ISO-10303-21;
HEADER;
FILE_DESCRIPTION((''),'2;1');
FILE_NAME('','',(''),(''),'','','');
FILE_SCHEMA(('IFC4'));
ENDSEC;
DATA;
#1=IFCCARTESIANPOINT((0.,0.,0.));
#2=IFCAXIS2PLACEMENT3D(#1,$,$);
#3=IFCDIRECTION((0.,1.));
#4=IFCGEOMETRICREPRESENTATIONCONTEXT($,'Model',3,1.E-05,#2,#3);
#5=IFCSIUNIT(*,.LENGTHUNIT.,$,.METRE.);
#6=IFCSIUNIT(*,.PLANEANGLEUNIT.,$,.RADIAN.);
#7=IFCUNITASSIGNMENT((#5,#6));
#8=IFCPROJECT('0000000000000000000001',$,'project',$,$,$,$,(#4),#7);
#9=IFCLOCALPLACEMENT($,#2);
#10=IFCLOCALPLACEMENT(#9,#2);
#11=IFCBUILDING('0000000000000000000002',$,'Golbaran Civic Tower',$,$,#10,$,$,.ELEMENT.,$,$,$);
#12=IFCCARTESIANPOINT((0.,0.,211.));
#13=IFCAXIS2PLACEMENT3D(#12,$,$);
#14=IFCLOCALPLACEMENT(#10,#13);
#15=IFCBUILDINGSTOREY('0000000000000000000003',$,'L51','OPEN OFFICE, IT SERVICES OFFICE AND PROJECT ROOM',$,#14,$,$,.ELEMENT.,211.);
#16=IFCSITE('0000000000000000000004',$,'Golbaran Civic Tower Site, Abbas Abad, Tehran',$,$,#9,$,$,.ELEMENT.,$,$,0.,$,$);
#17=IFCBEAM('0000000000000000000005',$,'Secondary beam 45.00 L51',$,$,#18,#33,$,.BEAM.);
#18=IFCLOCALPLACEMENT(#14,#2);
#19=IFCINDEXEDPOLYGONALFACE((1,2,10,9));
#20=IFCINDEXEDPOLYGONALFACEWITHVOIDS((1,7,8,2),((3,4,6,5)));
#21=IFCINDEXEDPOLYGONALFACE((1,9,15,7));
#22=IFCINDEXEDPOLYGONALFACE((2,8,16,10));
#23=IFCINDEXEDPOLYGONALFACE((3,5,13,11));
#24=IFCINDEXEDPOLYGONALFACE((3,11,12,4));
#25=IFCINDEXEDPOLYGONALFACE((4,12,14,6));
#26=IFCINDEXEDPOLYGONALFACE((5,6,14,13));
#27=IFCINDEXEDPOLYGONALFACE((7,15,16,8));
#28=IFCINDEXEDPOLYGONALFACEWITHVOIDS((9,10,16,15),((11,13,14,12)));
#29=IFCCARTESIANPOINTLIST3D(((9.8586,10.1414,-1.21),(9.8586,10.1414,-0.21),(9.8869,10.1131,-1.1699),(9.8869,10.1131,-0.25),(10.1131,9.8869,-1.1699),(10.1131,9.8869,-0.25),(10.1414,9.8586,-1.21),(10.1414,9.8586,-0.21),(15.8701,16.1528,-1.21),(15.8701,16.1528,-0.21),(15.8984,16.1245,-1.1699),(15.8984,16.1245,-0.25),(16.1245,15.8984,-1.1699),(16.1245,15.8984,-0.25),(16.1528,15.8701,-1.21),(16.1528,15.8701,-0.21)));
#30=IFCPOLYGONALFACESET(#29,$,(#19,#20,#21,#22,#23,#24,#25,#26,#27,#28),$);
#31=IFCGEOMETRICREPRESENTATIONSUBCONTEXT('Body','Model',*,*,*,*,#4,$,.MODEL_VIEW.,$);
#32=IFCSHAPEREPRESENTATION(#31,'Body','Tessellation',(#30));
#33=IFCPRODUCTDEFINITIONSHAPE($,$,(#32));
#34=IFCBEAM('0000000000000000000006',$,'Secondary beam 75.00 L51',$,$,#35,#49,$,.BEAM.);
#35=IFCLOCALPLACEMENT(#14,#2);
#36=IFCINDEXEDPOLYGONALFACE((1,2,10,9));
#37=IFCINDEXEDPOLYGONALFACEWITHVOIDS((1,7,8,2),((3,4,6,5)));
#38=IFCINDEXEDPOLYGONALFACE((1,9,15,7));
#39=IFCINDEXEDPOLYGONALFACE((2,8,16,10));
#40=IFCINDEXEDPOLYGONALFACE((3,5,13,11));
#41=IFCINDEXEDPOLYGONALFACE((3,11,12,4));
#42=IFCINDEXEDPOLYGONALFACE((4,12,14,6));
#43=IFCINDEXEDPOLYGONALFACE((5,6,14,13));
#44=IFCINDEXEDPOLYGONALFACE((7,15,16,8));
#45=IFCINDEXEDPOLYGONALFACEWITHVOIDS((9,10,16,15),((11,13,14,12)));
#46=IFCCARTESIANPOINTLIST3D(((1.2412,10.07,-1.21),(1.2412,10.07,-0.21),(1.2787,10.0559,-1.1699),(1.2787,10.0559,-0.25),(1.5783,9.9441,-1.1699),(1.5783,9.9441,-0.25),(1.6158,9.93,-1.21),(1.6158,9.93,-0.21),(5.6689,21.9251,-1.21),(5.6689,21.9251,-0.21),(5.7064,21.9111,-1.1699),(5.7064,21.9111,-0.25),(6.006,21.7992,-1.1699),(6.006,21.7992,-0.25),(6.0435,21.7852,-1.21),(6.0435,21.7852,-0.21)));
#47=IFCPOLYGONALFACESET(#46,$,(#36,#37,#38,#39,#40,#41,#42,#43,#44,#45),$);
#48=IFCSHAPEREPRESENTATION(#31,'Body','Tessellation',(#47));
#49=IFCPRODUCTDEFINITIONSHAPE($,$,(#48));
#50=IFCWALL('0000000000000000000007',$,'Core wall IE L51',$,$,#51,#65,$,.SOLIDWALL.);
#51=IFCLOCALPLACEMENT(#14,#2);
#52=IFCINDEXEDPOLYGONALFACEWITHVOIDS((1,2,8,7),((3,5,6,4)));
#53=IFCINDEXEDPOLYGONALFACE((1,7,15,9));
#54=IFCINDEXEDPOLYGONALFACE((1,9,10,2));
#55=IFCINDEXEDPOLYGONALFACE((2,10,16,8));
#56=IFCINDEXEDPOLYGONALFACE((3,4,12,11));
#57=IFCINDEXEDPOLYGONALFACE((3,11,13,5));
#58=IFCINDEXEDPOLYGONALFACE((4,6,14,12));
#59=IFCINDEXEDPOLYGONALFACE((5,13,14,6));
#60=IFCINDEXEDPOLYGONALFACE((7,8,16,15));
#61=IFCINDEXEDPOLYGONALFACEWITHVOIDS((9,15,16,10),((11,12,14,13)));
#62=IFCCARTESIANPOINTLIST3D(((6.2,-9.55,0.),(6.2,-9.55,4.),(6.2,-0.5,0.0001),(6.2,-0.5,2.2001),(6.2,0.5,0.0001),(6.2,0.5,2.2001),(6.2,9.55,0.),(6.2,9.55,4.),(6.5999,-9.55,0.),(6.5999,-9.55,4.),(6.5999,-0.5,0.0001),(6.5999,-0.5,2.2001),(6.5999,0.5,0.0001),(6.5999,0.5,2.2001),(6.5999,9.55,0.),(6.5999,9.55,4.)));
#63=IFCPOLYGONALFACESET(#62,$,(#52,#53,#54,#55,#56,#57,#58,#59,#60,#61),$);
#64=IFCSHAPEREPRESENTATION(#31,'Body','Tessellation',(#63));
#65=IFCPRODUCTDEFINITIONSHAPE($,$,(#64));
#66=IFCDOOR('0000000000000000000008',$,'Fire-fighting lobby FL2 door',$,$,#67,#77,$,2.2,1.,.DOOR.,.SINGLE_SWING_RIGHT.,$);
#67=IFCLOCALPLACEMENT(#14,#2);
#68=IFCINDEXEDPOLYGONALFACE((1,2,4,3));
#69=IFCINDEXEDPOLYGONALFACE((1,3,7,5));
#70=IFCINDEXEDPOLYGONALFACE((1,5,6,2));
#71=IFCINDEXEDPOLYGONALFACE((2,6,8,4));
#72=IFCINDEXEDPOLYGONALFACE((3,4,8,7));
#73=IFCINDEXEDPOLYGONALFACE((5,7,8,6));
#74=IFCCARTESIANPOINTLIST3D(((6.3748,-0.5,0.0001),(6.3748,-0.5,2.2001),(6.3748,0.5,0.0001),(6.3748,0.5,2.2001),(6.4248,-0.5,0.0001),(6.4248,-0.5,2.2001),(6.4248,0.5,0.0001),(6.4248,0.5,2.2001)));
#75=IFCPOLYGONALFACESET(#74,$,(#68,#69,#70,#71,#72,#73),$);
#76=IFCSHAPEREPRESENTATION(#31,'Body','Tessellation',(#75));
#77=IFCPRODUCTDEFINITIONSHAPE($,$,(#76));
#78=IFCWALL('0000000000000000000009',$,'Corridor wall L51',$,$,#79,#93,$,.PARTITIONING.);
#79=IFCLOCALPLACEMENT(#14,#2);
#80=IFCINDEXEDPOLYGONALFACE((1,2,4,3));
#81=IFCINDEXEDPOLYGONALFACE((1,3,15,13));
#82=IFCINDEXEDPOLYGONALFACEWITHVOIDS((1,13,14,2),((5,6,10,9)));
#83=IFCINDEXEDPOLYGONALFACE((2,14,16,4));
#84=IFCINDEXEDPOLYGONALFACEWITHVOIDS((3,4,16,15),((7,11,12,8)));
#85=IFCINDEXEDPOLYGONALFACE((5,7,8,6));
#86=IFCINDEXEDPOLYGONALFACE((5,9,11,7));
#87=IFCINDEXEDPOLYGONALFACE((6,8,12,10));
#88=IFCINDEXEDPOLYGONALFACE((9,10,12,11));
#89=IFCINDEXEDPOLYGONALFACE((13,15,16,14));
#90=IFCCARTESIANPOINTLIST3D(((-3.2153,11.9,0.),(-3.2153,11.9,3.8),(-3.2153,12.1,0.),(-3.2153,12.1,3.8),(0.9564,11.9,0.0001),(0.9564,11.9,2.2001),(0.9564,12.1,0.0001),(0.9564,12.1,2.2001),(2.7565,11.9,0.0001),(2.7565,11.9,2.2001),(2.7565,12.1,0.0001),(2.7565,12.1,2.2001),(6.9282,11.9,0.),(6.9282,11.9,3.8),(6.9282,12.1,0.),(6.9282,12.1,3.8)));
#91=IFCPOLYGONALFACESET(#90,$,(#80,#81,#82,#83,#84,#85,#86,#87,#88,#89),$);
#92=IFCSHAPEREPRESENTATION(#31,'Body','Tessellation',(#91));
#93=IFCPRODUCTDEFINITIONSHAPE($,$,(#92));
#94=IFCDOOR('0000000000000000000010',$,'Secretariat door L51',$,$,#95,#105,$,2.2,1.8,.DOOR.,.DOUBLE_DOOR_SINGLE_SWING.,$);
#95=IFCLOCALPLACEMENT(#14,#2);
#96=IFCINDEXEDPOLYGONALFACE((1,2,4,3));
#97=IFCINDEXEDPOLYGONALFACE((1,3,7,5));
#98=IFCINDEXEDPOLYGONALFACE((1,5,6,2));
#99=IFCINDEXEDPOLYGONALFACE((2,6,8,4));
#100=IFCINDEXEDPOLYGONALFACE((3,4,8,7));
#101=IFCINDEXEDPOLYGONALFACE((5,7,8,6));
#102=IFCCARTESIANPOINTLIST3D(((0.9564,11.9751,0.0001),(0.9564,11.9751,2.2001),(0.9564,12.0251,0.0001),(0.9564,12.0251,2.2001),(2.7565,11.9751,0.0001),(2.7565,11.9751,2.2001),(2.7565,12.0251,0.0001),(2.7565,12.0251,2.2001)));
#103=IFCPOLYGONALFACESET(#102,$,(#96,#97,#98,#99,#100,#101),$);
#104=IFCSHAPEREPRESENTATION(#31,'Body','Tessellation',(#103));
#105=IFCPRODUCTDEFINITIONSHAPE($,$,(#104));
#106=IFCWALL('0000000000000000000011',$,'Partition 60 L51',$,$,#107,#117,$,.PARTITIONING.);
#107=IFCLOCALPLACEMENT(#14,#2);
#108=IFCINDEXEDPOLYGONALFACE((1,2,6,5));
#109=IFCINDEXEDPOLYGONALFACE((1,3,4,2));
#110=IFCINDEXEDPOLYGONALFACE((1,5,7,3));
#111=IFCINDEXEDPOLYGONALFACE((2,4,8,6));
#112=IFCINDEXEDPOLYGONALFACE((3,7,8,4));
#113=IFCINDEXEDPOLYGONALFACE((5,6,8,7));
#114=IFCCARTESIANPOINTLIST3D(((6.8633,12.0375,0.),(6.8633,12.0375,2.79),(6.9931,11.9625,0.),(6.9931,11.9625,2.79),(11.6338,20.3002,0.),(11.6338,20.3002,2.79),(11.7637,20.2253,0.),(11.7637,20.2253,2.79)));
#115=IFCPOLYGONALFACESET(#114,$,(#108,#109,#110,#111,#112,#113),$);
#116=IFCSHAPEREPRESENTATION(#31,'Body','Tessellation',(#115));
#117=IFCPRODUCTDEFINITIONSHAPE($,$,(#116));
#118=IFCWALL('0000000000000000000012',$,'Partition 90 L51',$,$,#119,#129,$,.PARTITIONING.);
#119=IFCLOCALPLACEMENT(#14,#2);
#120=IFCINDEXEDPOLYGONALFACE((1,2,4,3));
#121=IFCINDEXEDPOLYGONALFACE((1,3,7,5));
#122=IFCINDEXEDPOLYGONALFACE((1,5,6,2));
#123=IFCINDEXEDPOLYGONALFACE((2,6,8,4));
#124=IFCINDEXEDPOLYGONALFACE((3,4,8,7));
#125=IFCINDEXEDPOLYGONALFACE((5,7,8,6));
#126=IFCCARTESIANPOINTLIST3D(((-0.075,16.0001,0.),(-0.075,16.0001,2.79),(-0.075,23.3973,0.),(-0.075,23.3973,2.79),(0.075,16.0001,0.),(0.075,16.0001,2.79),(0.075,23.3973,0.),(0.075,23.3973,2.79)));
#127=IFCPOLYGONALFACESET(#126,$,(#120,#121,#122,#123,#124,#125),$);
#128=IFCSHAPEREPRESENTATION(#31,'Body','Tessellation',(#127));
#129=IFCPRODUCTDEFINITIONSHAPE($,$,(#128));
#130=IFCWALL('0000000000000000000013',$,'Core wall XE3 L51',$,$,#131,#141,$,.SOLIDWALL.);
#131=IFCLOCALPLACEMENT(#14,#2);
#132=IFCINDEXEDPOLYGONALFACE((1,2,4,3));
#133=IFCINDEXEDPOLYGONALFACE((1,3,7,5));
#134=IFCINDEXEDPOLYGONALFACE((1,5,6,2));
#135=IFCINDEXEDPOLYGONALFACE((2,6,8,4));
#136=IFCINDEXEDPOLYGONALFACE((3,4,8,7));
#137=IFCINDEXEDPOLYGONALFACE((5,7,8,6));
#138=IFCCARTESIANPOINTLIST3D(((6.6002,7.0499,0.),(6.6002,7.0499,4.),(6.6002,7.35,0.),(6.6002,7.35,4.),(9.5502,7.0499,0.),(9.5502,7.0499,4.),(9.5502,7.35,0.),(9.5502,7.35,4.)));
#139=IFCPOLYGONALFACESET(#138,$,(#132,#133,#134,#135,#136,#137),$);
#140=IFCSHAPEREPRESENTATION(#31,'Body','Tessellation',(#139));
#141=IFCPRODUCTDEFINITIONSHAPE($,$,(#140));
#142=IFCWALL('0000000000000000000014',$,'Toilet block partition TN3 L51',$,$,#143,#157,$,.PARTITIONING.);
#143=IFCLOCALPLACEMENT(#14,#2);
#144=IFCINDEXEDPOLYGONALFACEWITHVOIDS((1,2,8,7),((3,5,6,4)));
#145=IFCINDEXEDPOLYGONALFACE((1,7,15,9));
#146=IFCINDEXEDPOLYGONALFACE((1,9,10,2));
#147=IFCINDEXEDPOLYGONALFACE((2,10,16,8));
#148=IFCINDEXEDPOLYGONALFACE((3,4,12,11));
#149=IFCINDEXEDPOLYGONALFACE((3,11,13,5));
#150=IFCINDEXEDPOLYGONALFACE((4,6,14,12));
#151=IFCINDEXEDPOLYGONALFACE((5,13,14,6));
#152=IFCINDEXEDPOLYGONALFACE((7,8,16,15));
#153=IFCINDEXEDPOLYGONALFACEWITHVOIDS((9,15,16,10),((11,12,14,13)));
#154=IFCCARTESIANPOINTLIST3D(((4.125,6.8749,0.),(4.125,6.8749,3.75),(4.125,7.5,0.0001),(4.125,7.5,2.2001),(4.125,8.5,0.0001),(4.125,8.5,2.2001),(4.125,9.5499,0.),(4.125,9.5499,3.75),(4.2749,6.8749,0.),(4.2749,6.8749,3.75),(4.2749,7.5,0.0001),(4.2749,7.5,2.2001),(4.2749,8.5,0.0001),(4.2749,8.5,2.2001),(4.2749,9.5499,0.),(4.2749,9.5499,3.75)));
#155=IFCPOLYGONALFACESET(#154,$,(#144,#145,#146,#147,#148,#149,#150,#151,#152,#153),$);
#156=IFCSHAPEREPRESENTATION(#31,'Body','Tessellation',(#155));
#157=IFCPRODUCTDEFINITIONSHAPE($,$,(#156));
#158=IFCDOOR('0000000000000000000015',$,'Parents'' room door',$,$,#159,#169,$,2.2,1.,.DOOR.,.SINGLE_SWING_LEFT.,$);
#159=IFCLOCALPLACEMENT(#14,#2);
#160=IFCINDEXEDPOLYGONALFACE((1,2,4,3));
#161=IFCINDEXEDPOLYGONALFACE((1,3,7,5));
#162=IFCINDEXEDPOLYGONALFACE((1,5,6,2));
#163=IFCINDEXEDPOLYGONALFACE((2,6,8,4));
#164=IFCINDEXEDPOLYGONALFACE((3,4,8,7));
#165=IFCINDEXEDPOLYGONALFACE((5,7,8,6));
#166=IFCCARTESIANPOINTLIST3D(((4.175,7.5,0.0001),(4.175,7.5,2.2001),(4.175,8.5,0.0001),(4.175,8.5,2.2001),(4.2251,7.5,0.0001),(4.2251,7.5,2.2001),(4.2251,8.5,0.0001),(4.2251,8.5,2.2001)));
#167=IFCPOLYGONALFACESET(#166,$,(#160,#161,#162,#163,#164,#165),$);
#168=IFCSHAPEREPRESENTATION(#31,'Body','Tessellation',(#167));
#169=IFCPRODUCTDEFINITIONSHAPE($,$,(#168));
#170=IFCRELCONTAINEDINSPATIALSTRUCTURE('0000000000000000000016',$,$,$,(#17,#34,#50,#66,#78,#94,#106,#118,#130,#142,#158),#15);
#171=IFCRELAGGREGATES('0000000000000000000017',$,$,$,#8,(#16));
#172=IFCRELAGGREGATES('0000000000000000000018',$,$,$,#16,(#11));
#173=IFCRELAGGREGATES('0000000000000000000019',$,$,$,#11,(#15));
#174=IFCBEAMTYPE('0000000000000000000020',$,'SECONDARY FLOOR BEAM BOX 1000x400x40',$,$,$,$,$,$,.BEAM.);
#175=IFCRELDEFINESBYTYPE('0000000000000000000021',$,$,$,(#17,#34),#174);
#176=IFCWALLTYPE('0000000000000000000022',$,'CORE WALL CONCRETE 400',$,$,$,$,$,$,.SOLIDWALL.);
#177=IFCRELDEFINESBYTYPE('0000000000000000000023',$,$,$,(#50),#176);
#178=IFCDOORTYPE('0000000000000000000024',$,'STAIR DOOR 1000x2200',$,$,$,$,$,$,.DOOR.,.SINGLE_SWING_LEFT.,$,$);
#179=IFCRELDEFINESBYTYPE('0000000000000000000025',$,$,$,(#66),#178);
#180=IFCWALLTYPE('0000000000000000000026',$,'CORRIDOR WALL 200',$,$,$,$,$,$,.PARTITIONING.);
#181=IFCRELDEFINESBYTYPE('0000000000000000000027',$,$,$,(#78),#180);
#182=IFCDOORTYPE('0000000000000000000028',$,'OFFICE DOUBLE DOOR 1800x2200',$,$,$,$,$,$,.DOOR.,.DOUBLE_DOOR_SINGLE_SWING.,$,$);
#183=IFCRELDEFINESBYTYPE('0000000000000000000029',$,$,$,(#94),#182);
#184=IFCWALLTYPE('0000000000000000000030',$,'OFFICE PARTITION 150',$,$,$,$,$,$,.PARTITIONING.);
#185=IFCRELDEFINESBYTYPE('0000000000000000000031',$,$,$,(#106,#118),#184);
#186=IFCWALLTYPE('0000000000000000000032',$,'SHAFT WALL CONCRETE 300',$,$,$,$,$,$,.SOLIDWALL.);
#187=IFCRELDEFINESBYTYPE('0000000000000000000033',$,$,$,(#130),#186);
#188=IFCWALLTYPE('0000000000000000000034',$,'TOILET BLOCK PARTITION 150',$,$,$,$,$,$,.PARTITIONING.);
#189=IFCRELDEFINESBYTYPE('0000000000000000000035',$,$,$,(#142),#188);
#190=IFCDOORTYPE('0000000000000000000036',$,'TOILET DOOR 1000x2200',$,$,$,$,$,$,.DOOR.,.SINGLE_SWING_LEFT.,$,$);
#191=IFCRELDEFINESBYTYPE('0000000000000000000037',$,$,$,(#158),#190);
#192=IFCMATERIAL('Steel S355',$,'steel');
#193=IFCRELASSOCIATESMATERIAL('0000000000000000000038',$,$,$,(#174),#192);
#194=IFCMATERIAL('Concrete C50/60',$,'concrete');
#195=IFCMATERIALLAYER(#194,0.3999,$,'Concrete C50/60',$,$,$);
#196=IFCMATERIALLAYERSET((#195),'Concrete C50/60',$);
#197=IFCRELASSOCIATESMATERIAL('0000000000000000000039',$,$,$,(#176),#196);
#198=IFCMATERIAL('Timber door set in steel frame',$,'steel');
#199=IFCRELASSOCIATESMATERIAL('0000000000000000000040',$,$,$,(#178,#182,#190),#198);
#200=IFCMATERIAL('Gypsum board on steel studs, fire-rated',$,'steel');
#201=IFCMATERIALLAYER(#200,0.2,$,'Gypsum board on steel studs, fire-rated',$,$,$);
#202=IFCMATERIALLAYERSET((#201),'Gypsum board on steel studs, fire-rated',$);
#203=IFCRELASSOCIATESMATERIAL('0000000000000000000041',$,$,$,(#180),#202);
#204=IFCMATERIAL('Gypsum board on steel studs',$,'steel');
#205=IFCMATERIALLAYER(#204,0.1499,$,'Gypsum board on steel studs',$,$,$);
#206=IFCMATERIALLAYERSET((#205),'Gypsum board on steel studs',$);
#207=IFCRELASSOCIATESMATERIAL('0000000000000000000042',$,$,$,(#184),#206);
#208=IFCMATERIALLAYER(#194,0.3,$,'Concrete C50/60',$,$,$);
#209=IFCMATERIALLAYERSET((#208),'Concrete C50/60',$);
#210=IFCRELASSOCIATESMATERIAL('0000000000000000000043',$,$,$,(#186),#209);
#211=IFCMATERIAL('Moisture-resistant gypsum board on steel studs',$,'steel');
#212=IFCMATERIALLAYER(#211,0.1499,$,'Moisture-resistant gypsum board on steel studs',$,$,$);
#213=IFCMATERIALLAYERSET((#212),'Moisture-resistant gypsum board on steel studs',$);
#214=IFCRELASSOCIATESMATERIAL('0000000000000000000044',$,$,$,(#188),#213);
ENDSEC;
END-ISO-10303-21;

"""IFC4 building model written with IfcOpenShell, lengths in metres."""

from ifc_helpers import new_model, si_unit, direction, frame, frame_2d, origin, origin_2d, place, context, subcontext, project, spatial, rectangle, hollow_rectangle, extrude, material, layer, layer_set, material_profile, profile_set, type_object, element, fill, save


model = new_model("IFC4")

# Units and contexts
model_context = context("Model", 3, precision=1e-05, world=origin(), true_north=direction((0.0, 1.0)))
body_context = subcontext(model_context, "Body", "Model", "MODEL_VIEW")
ifc_project = project(units=[si_unit("LENGTHUNIT", "METRE"), si_unit("PLANEANGLEUNIT", "RADIAN")], contexts=[model_context])

# Site, building, storey
site_placement = place(None, origin())
site = spatial("IfcSite", under=ifc_project, at=site_placement, Name="Golbaran Civic Tower Site, Abbas Abad, Tehran", CompositionType="ELEMENT", RefElevation=0.0)
building_placement = place(site_placement, origin())
building = spatial("IfcBuilding", under=site, at=building_placement, Name="Golbaran Civic Tower", CompositionType="ELEMENT")
storey_placement = place(building_placement, frame((0.0, 0.0, 211.0)))
storey = spatial("IfcBuildingStorey", under=building, at=storey_placement, Name="L51", Description="OPEN OFFICE, IT SERVICES OFFICE AND PROJECT ROOM", CompositionType="ELEMENT", Elevation=211.0)

# Beams
ifc_material_1 = material(Name="Steel S355", Category="steel")
ifc_material_profile_1 = material_profile(ifc_material_1, hollow_rectangle(XDim=0.3999, YDim=1.0, WallThickness=0.04, at=origin_2d()), Name="BOX 1000x400x40")
ifc_profile_set_1 = profile_set([ifc_material_profile_1], Name="Steel S355")
beam_type_1 = type_object("IfcBeamType", Name="SECONDARY FLOOR BEAM BOX 1000x400x40", PredefinedType="BEAM", material=ifc_profile_set_1)
beam_1_placement = place(storey_placement, frame((10.0, 10.0, -0.71), z_axis=(0.707107, 0.707107, 0.0), x_axis=(-0.707107, 0.707107, 0.0)))
element("IfcBeam", 1, at=beam_1_placement, inside=storey, type_object=beam_type_1, Name="Secondary beam 45.00 L51", PredefinedType="BEAM", context=body_context, shape_type="SweptSolid", body=[
    extrude(hollow_rectangle(XDim=0.3999, YDim=1.0, WallThickness=0.04, at=origin_2d()), origin(), (0.0, 0.0, 1.0), 8.5015),
])
beam_2_placement = place(storey_placement, frame((1.4285, 10.0, -0.71), z_axis=(0.349878, 0.936795, 0.0), x_axis=(-0.936795, 0.349878, 0.0)))
element("IfcBeam", 2, at=beam_2_placement, inside=storey, type_object=beam_type_1, Name="Secondary beam 75.00 L51", PredefinedType="BEAM", context=body_context, shape_type="SweptSolid", body=[
    extrude(hollow_rectangle(XDim=0.3999, YDim=1.0, WallThickness=0.04, at=origin_2d()), origin(), (0.0, 0.0, 1.0), 12.655),
])

# Walls, openings, doors
ifc_material_2 = material(Name="Concrete C50/60", Category="concrete")
ifc_layer_1 = layer(ifc_material_2, 0.3999, Name="Concrete C50/60")
ifc_layer_set_1 = layer_set([ifc_layer_1], Name="Concrete C50/60")
wall_type_1 = type_object("IfcWallType", Name="CORE WALL CONCRETE 400", PredefinedType="SOLIDWALL", material=ifc_layer_set_1)
wall_1_placement = place(storey_placement, frame((6.3999, 9.55, 0.0), z_axis=(0.0, 0.0, 1.0), x_axis=(0.0, -1.0, 0.0)))
wall_1 = element("IfcWall", 3, at=wall_1_placement, inside=storey, type_object=wall_type_1, Name="Core wall IE L51", PredefinedType="SOLIDWALL", context=body_context, shape_type="SweptSolid", body=[
    extrude(rectangle(XDim=19.1001, YDim=0.3999, at=frame_2d((9.55, 0.0))), origin(), (0.0, 0.0, 1.0), 4.0),
])
opening_1_placement = place(wall_1_placement, frame((9.05, 0.0, 0.0)))
opening_1 = element("IfcOpeningElement", 4, at=opening_1_placement, cuts=wall_1, PredefinedType="OPENING", context=body_context, shape_type="SweptSolid", body=[
    extrude(rectangle(XDim=1.0, YDim=2.2, at=frame_2d((0.5, 1.1001))), frame((0.0, 0.21, 0.0), z_axis=(0.0, -1.0, 0.0), x_axis=(1.0, 0.0, 0.0)), (0.0, 0.0, 1.0), 0.4199),
])
ifc_material_3 = material(Name="Timber door set in steel frame", Category="steel")
door_type_1 = type_object("IfcDoorType", Name="STAIR DOOR 1000x2200", OperationType="SINGLE_SWING_LEFT", PredefinedType="DOOR", material=ifc_material_3)
door_1_placement = place(opening_1_placement, origin())
door_1 = element("IfcDoor", 5, at=door_1_placement, inside=storey, type_object=door_type_1, Name="Fire-fighting lobby FL2 door", OperationType="SINGLE_SWING_RIGHT", OverallHeight=2.2, OverallWidth=1.0, PredefinedType="DOOR", context=body_context, shape_type="SweptSolid", body=[
    extrude(rectangle(XDim=1.0, YDim=2.2, at=frame_2d((0.5, 1.1001))), frame((0.0, 0.0249, 0.0), z_axis=(0.0, -1.0, 0.0), x_axis=(1.0, 0.0, 0.0)), (0.0, 0.0, 1.0), 0.05),
])
fill(opening_1, door_1)
ifc_material_4 = material(Name="Gypsum board on steel studs, fire-rated", Category="steel")
ifc_layer_2 = layer(ifc_material_4, 0.2, Name="Gypsum board on steel studs, fire-rated")
ifc_layer_set_2 = layer_set([ifc_layer_2], Name="Gypsum board on steel studs, fire-rated")
wall_type_2 = type_object("IfcWallType", Name="CORRIDOR WALL 200", PredefinedType="PARTITIONING", material=ifc_layer_set_2)
wall_2_placement = place(storey_placement, frame((6.9282, 12.0, 0.0), z_axis=(0.0, 0.0, 1.0), x_axis=(-1.0, 0.0, 0.0)))
wall_2 = element("IfcWall", 6, at=wall_2_placement, inside=storey, type_object=wall_type_2, Name="Corridor wall L51", PredefinedType="PARTITIONING", context=body_context, shape_type="SweptSolid", body=[
    extrude(rectangle(XDim=10.1436, YDim=0.2, at=frame_2d((5.0718, 0.0))), origin(), (0.0, 0.0, 1.0), 3.8),
])
opening_2_placement = place(wall_2_placement, frame((4.1719, 0.0, 0.0)))
opening_2 = element("IfcOpeningElement", 7, at=opening_2_placement, cuts=wall_2, PredefinedType="OPENING", context=body_context, shape_type="SweptSolid", body=[
    extrude(rectangle(XDim=1.8, YDim=2.2, at=frame_2d((0.8999, 1.1001))), frame((0.0, 0.1099, 0.0), z_axis=(0.0, -1.0, 0.0), x_axis=(1.0, 0.0, 0.0)), (0.0, 0.0, 1.0), 0.22),
])
door_type_2 = type_object("IfcDoorType", Name="OFFICE DOUBLE DOOR 1800x2200", OperationType="DOUBLE_DOOR_SINGLE_SWING", PredefinedType="DOOR", material=ifc_material_3)
door_2_placement = place(opening_2_placement, origin())
door_2 = element("IfcDoor", 8, at=door_2_placement, inside=storey, type_object=door_type_2, Name="Secretariat door L51", OperationType="DOUBLE_DOOR_SINGLE_SWING", OverallHeight=2.2, OverallWidth=1.8, PredefinedType="DOOR", context=body_context, shape_type="SweptSolid", body=[
    extrude(rectangle(XDim=1.8, YDim=2.2, at=frame_2d((0.8999, 1.1001))), frame((0.0, 0.0249, 0.0), z_axis=(0.0, -1.0, 0.0), x_axis=(1.0, 0.0, 0.0)), (0.0, 0.0, 1.0), 0.05),
])
fill(opening_2, door_2)

# Walls
ifc_material_5 = material(Name="Gypsum board on steel studs", Category="steel")
ifc_layer_3 = layer(ifc_material_5, 0.1499, Name="Gypsum board on steel studs")
ifc_layer_set_3 = layer_set([ifc_layer_3], Name="Gypsum board on steel studs")
wall_type_3 = type_object("IfcWallType", Name="OFFICE PARTITION 150", PredefinedType="PARTITIONING", material=ifc_layer_set_3)
wall_3_placement = place(storey_placement, frame((6.9282, 12.0, 0.0), z_axis=(0.0, 0.0, 1.0), x_axis=(0.500003, 0.866024, 0.0)))
element("IfcWall", 9, at=wall_3_placement, inside=storey, type_object=wall_type_3, Name="Partition 60 L51", PredefinedType="PARTITIONING", context=body_context, shape_type="SweptSolid", body=[
    extrude(rectangle(XDim=9.541, YDim=0.1499, at=frame_2d((4.7705, 0.0))), origin(), (0.0, 0.0, 1.0), 2.79),
])
wall_4_placement = place(storey_placement, frame((0.0, 16.0, 0.0), z_axis=(0.0, 0.0, 1.0), x_axis=(0.0, 1.0, 0.0)))
element("IfcWall", 10, at=wall_4_placement, inside=storey, type_object=wall_type_3, Name="Partition 90 L51", PredefinedType="PARTITIONING", context=body_context, shape_type="SweptSolid", body=[
    extrude(rectangle(XDim=7.3972, YDim=0.1499, at=frame_2d((3.6987, 0.0))), origin(), (0.0, 0.0, 1.0), 2.79),
])
ifc_layer_4 = layer(ifc_material_2, 0.3, Name="Concrete C50/60")
ifc_layer_set_4 = layer_set([ifc_layer_4], Name="Concrete C50/60")
wall_type_4 = type_object("IfcWallType", Name="SHAFT WALL CONCRETE 300", PredefinedType="SOLIDWALL", material=ifc_layer_set_4)
wall_5_placement = place(storey_placement, frame((6.6001, 7.2, 0.0), z_axis=(0.0, 0.0, 1.0), x_axis=(1.0, 0.0, 0.0)))
element("IfcWall", 11, at=wall_5_placement, inside=storey, type_object=wall_type_4, Name="Core wall XE3 L51", PredefinedType="SOLIDWALL", context=body_context, shape_type="SweptSolid", body=[
    extrude(rectangle(XDim=2.95, YDim=0.3, at=frame_2d((1.4751, 0.0))), origin(), (0.0, 0.0, 1.0), 4.0),
])

# Wall, opening, door
ifc_material_6 = material(Name="Moisture-resistant gypsum board on steel studs", Category="steel")
ifc_layer_5 = layer(ifc_material_6, 0.1499, Name="Moisture-resistant gypsum board on steel studs")
ifc_layer_set_5 = layer_set([ifc_layer_5], Name="Moisture-resistant gypsum board on steel studs")
wall_type_5 = type_object("IfcWallType", Name="TOILET BLOCK PARTITION 150", PredefinedType="PARTITIONING", material=ifc_layer_set_5)
wall_6_placement = place(storey_placement, frame((4.2, 6.875, 0.0), z_axis=(0.0, 0.0, 1.0), x_axis=(0.0, 1.0, 0.0)))
wall_6 = element("IfcWall", 12, at=wall_6_placement, inside=storey, type_object=wall_type_5, Name="Toilet block partition TN3 L51", PredefinedType="PARTITIONING", context=body_context, shape_type="SweptSolid", body=[
    extrude(rectangle(XDim=2.675, YDim=0.1499, at=frame_2d((1.3374, 0.0))), origin(), (0.0, 0.0, 1.0), 3.75),
])
opening_3_placement = place(wall_6_placement, frame((0.625, 0.0, 0.0)))
opening_3 = element("IfcOpeningElement", 13, at=opening_3_placement, cuts=wall_6, PredefinedType="OPENING", context=body_context, shape_type="SweptSolid", body=[
    extrude(rectangle(XDim=1.0, YDim=2.2, at=frame_2d((0.5, 1.1001))), frame((0.0, 0.085, 0.0), z_axis=(0.0, -1.0, 0.0), x_axis=(1.0, 0.0, 0.0)), (0.0, 0.0, 1.0), 0.1699),
])
door_type_3 = type_object("IfcDoorType", Name="TOILET DOOR 1000x2200", OperationType="SINGLE_SWING_LEFT", PredefinedType="DOOR", material=ifc_material_3)
door_3_placement = place(opening_3_placement, origin())
door_3 = element("IfcDoor", 14, at=door_3_placement, inside=storey, type_object=door_type_3, Name="Parents' room door", OperationType="SINGLE_SWING_LEFT", OverallHeight=2.2, OverallWidth=1.0, PredefinedType="DOOR", context=body_context, shape_type="SweptSolid", body=[
    extrude(rectangle(XDim=1.0, YDim=2.2, at=frame_2d((0.5, 1.1001))), frame((0.0, 0.0249, 0.0), z_axis=(0.0, -1.0, 0.0), x_axis=(1.0, 0.0, 0.0)), (0.0, 0.0, 1.0), 0.05),
])
fill(opening_3, door_3)

save(model, "model.ifc")
